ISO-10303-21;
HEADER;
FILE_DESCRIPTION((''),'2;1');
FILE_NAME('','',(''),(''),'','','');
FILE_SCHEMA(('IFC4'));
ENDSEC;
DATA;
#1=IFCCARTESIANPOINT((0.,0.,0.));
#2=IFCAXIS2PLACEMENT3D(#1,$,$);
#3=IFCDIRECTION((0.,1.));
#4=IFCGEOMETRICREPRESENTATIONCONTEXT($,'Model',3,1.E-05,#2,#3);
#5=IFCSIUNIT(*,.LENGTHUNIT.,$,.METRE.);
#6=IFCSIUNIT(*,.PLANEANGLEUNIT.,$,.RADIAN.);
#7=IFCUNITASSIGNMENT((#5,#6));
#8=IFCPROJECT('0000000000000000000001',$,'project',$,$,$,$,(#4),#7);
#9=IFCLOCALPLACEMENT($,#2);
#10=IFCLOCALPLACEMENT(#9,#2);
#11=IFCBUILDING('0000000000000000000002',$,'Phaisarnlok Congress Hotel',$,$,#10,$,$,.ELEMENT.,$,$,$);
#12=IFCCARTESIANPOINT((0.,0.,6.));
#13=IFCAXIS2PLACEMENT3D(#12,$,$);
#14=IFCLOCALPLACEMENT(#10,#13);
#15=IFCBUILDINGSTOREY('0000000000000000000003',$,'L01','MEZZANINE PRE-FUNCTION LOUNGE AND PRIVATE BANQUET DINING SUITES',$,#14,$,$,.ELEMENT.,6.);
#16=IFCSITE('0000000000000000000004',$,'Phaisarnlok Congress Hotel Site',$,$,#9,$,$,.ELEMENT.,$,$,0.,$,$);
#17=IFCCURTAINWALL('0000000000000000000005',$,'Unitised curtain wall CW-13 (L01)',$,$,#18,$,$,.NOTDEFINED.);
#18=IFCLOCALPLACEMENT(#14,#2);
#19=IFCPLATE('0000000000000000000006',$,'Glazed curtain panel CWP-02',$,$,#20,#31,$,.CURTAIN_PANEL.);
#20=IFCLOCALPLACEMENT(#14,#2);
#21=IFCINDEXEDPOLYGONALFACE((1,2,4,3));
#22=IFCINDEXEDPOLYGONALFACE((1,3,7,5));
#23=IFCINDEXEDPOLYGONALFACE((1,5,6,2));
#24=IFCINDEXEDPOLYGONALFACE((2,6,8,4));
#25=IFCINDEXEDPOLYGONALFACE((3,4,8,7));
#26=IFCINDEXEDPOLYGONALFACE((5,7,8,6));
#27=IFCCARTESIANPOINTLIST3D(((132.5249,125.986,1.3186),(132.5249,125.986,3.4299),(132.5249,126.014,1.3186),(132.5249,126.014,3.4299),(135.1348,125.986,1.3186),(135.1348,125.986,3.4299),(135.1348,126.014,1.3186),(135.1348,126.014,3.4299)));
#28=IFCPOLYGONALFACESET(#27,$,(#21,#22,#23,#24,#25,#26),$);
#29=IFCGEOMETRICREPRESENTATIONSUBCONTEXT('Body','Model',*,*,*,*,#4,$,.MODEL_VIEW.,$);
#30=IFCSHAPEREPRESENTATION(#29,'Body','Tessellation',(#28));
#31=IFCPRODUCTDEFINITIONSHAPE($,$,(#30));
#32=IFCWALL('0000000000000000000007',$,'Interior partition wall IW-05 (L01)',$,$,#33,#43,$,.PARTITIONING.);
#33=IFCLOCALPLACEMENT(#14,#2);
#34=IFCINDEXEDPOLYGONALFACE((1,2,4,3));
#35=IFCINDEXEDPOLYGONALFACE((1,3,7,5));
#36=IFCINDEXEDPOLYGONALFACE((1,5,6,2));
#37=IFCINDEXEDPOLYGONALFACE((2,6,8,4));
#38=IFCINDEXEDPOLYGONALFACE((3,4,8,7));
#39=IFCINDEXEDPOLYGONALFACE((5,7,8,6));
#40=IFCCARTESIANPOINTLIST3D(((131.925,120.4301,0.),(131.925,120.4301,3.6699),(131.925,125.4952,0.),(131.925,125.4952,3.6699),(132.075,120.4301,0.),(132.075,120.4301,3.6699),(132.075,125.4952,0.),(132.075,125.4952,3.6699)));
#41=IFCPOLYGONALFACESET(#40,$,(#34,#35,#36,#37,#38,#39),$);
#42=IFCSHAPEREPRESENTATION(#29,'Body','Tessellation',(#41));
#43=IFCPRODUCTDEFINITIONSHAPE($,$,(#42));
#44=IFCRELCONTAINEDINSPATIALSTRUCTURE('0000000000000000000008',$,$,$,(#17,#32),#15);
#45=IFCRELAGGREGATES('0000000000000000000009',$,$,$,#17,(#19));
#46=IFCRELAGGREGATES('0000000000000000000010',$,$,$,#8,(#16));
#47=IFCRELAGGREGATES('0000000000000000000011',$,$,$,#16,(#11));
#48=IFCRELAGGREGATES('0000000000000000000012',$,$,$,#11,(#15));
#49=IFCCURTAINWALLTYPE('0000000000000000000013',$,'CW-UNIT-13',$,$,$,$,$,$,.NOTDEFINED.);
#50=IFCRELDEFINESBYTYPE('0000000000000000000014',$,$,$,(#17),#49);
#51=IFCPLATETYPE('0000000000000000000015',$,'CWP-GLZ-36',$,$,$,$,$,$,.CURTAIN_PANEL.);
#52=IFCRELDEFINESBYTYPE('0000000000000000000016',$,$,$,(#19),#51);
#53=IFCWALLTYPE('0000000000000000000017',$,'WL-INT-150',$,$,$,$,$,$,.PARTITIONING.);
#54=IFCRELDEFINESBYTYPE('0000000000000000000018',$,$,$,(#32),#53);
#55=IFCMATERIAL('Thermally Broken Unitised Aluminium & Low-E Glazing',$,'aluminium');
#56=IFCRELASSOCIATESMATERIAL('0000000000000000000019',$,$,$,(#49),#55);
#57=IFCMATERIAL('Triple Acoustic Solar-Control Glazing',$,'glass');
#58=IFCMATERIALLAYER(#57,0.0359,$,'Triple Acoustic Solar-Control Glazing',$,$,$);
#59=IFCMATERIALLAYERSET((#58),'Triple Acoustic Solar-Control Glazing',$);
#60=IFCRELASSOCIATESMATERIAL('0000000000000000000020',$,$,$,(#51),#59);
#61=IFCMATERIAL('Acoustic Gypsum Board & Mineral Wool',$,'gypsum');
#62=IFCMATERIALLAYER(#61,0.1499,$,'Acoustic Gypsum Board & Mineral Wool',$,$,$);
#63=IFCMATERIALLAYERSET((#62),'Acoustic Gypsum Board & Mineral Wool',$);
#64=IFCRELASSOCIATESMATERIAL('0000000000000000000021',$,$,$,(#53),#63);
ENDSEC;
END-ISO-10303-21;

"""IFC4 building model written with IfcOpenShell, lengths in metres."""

from ifc_helpers import new_model, si_unit, direction, frame, frame_2d, origin, place, context, subcontext, project, spatial, rectangle, extrude, material, layer, layer_set, type_object, element, aggregate, save


model = new_model("IFC4")

# Units and contexts
model_context = context("Model", 3, precision=1e-05, world=origin(), true_north=direction((0.0, 1.0)))
body_context = subcontext(model_context, "Body", "Model", "MODEL_VIEW")
ifc_project = project(units=[si_unit("LENGTHUNIT", "METRE"), si_unit("PLANEANGLEUNIT", "RADIAN")], contexts=[model_context])

# Site, building, storey
site_placement = place(None, origin())
site = spatial("IfcSite", under=ifc_project, at=site_placement, Name="Phaisarnlok Congress Hotel Site", CompositionType="ELEMENT", RefElevation=0.0)
building_placement = place(site_placement, origin())
building = spatial("IfcBuilding", under=site, at=building_placement, Name="Phaisarnlok Congress Hotel", CompositionType="ELEMENT")
storey_placement = place(building_placement, frame((0.0, 0.0, 6.0)))
storey = spatial("IfcBuildingStorey", under=building, at=storey_placement, Name="L01", Description="MEZZANINE PRE-FUNCTION LOUNGE AND PRIVATE BANQUET DINING SUITES", CompositionType="ELEMENT", Elevation=6.0)

# Curtain wall
ifc_material_1 = material(Name="Thermally Broken Unitised Aluminium & Low-E Glazing", Category="aluminium")
curtain_wall_type = type_object("IfcCurtainWallType", Name="CW-UNIT-13", PredefinedType="NOTDEFINED", material=ifc_material_1)
curtain_wall_placement = place(storey_placement, origin())
curtain_wall = element("IfcCurtainWall", 1, at=curtain_wall_placement, inside=storey, type_object=curtain_wall_type, Name="Unitised curtain wall CW-13 (L01)", PredefinedType="NOTDEFINED")

# Plate
ifc_material_2 = material(Name="Triple Acoustic Solar-Control Glazing", Category="glass")
ifc_layer_1 = layer(ifc_material_2, 0.0359, Name="Triple Acoustic Solar-Control Glazing")
ifc_layer_set_1 = layer_set([ifc_layer_1], Name="Triple Acoustic Solar-Control Glazing")
plate_type = type_object("IfcPlateType", Name="CWP-GLZ-36", PredefinedType="CURTAIN_PANEL", material=ifc_layer_set_1)
plate_1_placement = place(storey_placement, frame((135.1348, 126.0, 1.3186), z_axis=(0.0, 0.0, 1.0), x_axis=(-1.0, 0.0, 0.0)))
plate_1 = element("IfcPlate", 2, at=plate_1_placement, type_object=plate_type, Name="Glazed curtain panel CWP-02", PredefinedType="CURTAIN_PANEL", context=body_context, shape_type="SweptSolid", body=[
    extrude(rectangle(XDim=2.6099, YDim=0.0281, at=frame_2d((1.3049, 0.0))), origin(), (0.0, 0.0, 1.0), 2.1113),
])
aggregate(curtain_wall, [plate_1])

# Wall
ifc_material_3 = material(Name="Acoustic Gypsum Board & Mineral Wool", Category="gypsum")
ifc_layer_2 = layer(ifc_material_3, 0.1499, Name="Acoustic Gypsum Board & Mineral Wool")
ifc_layer_set_2 = layer_set([ifc_layer_2], Name="Acoustic Gypsum Board & Mineral Wool")
wall_type = type_object("IfcWallType", Name="WL-INT-150", PredefinedType="PARTITIONING", material=ifc_layer_set_2)
wall_placement = place(storey_placement, frame((132.0, 120.4299, 0.0), z_axis=(0.0, 0.0, 1.0), x_axis=(0.0, 1.0, 0.0)))
element("IfcWall", 3, at=wall_placement, inside=storey, type_object=wall_type, Name="Interior partition wall IW-05 (L01)", PredefinedType="PARTITIONING", context=body_context, shape_type="SweptSolid", body=[
    extrude(rectangle(XDim=5.0652, YDim=0.1499, at=frame_2d((2.5327, 0.0))), origin(), (0.0, 0.0, 1.0), 3.6699),
])

save(model, "model.ifc")
